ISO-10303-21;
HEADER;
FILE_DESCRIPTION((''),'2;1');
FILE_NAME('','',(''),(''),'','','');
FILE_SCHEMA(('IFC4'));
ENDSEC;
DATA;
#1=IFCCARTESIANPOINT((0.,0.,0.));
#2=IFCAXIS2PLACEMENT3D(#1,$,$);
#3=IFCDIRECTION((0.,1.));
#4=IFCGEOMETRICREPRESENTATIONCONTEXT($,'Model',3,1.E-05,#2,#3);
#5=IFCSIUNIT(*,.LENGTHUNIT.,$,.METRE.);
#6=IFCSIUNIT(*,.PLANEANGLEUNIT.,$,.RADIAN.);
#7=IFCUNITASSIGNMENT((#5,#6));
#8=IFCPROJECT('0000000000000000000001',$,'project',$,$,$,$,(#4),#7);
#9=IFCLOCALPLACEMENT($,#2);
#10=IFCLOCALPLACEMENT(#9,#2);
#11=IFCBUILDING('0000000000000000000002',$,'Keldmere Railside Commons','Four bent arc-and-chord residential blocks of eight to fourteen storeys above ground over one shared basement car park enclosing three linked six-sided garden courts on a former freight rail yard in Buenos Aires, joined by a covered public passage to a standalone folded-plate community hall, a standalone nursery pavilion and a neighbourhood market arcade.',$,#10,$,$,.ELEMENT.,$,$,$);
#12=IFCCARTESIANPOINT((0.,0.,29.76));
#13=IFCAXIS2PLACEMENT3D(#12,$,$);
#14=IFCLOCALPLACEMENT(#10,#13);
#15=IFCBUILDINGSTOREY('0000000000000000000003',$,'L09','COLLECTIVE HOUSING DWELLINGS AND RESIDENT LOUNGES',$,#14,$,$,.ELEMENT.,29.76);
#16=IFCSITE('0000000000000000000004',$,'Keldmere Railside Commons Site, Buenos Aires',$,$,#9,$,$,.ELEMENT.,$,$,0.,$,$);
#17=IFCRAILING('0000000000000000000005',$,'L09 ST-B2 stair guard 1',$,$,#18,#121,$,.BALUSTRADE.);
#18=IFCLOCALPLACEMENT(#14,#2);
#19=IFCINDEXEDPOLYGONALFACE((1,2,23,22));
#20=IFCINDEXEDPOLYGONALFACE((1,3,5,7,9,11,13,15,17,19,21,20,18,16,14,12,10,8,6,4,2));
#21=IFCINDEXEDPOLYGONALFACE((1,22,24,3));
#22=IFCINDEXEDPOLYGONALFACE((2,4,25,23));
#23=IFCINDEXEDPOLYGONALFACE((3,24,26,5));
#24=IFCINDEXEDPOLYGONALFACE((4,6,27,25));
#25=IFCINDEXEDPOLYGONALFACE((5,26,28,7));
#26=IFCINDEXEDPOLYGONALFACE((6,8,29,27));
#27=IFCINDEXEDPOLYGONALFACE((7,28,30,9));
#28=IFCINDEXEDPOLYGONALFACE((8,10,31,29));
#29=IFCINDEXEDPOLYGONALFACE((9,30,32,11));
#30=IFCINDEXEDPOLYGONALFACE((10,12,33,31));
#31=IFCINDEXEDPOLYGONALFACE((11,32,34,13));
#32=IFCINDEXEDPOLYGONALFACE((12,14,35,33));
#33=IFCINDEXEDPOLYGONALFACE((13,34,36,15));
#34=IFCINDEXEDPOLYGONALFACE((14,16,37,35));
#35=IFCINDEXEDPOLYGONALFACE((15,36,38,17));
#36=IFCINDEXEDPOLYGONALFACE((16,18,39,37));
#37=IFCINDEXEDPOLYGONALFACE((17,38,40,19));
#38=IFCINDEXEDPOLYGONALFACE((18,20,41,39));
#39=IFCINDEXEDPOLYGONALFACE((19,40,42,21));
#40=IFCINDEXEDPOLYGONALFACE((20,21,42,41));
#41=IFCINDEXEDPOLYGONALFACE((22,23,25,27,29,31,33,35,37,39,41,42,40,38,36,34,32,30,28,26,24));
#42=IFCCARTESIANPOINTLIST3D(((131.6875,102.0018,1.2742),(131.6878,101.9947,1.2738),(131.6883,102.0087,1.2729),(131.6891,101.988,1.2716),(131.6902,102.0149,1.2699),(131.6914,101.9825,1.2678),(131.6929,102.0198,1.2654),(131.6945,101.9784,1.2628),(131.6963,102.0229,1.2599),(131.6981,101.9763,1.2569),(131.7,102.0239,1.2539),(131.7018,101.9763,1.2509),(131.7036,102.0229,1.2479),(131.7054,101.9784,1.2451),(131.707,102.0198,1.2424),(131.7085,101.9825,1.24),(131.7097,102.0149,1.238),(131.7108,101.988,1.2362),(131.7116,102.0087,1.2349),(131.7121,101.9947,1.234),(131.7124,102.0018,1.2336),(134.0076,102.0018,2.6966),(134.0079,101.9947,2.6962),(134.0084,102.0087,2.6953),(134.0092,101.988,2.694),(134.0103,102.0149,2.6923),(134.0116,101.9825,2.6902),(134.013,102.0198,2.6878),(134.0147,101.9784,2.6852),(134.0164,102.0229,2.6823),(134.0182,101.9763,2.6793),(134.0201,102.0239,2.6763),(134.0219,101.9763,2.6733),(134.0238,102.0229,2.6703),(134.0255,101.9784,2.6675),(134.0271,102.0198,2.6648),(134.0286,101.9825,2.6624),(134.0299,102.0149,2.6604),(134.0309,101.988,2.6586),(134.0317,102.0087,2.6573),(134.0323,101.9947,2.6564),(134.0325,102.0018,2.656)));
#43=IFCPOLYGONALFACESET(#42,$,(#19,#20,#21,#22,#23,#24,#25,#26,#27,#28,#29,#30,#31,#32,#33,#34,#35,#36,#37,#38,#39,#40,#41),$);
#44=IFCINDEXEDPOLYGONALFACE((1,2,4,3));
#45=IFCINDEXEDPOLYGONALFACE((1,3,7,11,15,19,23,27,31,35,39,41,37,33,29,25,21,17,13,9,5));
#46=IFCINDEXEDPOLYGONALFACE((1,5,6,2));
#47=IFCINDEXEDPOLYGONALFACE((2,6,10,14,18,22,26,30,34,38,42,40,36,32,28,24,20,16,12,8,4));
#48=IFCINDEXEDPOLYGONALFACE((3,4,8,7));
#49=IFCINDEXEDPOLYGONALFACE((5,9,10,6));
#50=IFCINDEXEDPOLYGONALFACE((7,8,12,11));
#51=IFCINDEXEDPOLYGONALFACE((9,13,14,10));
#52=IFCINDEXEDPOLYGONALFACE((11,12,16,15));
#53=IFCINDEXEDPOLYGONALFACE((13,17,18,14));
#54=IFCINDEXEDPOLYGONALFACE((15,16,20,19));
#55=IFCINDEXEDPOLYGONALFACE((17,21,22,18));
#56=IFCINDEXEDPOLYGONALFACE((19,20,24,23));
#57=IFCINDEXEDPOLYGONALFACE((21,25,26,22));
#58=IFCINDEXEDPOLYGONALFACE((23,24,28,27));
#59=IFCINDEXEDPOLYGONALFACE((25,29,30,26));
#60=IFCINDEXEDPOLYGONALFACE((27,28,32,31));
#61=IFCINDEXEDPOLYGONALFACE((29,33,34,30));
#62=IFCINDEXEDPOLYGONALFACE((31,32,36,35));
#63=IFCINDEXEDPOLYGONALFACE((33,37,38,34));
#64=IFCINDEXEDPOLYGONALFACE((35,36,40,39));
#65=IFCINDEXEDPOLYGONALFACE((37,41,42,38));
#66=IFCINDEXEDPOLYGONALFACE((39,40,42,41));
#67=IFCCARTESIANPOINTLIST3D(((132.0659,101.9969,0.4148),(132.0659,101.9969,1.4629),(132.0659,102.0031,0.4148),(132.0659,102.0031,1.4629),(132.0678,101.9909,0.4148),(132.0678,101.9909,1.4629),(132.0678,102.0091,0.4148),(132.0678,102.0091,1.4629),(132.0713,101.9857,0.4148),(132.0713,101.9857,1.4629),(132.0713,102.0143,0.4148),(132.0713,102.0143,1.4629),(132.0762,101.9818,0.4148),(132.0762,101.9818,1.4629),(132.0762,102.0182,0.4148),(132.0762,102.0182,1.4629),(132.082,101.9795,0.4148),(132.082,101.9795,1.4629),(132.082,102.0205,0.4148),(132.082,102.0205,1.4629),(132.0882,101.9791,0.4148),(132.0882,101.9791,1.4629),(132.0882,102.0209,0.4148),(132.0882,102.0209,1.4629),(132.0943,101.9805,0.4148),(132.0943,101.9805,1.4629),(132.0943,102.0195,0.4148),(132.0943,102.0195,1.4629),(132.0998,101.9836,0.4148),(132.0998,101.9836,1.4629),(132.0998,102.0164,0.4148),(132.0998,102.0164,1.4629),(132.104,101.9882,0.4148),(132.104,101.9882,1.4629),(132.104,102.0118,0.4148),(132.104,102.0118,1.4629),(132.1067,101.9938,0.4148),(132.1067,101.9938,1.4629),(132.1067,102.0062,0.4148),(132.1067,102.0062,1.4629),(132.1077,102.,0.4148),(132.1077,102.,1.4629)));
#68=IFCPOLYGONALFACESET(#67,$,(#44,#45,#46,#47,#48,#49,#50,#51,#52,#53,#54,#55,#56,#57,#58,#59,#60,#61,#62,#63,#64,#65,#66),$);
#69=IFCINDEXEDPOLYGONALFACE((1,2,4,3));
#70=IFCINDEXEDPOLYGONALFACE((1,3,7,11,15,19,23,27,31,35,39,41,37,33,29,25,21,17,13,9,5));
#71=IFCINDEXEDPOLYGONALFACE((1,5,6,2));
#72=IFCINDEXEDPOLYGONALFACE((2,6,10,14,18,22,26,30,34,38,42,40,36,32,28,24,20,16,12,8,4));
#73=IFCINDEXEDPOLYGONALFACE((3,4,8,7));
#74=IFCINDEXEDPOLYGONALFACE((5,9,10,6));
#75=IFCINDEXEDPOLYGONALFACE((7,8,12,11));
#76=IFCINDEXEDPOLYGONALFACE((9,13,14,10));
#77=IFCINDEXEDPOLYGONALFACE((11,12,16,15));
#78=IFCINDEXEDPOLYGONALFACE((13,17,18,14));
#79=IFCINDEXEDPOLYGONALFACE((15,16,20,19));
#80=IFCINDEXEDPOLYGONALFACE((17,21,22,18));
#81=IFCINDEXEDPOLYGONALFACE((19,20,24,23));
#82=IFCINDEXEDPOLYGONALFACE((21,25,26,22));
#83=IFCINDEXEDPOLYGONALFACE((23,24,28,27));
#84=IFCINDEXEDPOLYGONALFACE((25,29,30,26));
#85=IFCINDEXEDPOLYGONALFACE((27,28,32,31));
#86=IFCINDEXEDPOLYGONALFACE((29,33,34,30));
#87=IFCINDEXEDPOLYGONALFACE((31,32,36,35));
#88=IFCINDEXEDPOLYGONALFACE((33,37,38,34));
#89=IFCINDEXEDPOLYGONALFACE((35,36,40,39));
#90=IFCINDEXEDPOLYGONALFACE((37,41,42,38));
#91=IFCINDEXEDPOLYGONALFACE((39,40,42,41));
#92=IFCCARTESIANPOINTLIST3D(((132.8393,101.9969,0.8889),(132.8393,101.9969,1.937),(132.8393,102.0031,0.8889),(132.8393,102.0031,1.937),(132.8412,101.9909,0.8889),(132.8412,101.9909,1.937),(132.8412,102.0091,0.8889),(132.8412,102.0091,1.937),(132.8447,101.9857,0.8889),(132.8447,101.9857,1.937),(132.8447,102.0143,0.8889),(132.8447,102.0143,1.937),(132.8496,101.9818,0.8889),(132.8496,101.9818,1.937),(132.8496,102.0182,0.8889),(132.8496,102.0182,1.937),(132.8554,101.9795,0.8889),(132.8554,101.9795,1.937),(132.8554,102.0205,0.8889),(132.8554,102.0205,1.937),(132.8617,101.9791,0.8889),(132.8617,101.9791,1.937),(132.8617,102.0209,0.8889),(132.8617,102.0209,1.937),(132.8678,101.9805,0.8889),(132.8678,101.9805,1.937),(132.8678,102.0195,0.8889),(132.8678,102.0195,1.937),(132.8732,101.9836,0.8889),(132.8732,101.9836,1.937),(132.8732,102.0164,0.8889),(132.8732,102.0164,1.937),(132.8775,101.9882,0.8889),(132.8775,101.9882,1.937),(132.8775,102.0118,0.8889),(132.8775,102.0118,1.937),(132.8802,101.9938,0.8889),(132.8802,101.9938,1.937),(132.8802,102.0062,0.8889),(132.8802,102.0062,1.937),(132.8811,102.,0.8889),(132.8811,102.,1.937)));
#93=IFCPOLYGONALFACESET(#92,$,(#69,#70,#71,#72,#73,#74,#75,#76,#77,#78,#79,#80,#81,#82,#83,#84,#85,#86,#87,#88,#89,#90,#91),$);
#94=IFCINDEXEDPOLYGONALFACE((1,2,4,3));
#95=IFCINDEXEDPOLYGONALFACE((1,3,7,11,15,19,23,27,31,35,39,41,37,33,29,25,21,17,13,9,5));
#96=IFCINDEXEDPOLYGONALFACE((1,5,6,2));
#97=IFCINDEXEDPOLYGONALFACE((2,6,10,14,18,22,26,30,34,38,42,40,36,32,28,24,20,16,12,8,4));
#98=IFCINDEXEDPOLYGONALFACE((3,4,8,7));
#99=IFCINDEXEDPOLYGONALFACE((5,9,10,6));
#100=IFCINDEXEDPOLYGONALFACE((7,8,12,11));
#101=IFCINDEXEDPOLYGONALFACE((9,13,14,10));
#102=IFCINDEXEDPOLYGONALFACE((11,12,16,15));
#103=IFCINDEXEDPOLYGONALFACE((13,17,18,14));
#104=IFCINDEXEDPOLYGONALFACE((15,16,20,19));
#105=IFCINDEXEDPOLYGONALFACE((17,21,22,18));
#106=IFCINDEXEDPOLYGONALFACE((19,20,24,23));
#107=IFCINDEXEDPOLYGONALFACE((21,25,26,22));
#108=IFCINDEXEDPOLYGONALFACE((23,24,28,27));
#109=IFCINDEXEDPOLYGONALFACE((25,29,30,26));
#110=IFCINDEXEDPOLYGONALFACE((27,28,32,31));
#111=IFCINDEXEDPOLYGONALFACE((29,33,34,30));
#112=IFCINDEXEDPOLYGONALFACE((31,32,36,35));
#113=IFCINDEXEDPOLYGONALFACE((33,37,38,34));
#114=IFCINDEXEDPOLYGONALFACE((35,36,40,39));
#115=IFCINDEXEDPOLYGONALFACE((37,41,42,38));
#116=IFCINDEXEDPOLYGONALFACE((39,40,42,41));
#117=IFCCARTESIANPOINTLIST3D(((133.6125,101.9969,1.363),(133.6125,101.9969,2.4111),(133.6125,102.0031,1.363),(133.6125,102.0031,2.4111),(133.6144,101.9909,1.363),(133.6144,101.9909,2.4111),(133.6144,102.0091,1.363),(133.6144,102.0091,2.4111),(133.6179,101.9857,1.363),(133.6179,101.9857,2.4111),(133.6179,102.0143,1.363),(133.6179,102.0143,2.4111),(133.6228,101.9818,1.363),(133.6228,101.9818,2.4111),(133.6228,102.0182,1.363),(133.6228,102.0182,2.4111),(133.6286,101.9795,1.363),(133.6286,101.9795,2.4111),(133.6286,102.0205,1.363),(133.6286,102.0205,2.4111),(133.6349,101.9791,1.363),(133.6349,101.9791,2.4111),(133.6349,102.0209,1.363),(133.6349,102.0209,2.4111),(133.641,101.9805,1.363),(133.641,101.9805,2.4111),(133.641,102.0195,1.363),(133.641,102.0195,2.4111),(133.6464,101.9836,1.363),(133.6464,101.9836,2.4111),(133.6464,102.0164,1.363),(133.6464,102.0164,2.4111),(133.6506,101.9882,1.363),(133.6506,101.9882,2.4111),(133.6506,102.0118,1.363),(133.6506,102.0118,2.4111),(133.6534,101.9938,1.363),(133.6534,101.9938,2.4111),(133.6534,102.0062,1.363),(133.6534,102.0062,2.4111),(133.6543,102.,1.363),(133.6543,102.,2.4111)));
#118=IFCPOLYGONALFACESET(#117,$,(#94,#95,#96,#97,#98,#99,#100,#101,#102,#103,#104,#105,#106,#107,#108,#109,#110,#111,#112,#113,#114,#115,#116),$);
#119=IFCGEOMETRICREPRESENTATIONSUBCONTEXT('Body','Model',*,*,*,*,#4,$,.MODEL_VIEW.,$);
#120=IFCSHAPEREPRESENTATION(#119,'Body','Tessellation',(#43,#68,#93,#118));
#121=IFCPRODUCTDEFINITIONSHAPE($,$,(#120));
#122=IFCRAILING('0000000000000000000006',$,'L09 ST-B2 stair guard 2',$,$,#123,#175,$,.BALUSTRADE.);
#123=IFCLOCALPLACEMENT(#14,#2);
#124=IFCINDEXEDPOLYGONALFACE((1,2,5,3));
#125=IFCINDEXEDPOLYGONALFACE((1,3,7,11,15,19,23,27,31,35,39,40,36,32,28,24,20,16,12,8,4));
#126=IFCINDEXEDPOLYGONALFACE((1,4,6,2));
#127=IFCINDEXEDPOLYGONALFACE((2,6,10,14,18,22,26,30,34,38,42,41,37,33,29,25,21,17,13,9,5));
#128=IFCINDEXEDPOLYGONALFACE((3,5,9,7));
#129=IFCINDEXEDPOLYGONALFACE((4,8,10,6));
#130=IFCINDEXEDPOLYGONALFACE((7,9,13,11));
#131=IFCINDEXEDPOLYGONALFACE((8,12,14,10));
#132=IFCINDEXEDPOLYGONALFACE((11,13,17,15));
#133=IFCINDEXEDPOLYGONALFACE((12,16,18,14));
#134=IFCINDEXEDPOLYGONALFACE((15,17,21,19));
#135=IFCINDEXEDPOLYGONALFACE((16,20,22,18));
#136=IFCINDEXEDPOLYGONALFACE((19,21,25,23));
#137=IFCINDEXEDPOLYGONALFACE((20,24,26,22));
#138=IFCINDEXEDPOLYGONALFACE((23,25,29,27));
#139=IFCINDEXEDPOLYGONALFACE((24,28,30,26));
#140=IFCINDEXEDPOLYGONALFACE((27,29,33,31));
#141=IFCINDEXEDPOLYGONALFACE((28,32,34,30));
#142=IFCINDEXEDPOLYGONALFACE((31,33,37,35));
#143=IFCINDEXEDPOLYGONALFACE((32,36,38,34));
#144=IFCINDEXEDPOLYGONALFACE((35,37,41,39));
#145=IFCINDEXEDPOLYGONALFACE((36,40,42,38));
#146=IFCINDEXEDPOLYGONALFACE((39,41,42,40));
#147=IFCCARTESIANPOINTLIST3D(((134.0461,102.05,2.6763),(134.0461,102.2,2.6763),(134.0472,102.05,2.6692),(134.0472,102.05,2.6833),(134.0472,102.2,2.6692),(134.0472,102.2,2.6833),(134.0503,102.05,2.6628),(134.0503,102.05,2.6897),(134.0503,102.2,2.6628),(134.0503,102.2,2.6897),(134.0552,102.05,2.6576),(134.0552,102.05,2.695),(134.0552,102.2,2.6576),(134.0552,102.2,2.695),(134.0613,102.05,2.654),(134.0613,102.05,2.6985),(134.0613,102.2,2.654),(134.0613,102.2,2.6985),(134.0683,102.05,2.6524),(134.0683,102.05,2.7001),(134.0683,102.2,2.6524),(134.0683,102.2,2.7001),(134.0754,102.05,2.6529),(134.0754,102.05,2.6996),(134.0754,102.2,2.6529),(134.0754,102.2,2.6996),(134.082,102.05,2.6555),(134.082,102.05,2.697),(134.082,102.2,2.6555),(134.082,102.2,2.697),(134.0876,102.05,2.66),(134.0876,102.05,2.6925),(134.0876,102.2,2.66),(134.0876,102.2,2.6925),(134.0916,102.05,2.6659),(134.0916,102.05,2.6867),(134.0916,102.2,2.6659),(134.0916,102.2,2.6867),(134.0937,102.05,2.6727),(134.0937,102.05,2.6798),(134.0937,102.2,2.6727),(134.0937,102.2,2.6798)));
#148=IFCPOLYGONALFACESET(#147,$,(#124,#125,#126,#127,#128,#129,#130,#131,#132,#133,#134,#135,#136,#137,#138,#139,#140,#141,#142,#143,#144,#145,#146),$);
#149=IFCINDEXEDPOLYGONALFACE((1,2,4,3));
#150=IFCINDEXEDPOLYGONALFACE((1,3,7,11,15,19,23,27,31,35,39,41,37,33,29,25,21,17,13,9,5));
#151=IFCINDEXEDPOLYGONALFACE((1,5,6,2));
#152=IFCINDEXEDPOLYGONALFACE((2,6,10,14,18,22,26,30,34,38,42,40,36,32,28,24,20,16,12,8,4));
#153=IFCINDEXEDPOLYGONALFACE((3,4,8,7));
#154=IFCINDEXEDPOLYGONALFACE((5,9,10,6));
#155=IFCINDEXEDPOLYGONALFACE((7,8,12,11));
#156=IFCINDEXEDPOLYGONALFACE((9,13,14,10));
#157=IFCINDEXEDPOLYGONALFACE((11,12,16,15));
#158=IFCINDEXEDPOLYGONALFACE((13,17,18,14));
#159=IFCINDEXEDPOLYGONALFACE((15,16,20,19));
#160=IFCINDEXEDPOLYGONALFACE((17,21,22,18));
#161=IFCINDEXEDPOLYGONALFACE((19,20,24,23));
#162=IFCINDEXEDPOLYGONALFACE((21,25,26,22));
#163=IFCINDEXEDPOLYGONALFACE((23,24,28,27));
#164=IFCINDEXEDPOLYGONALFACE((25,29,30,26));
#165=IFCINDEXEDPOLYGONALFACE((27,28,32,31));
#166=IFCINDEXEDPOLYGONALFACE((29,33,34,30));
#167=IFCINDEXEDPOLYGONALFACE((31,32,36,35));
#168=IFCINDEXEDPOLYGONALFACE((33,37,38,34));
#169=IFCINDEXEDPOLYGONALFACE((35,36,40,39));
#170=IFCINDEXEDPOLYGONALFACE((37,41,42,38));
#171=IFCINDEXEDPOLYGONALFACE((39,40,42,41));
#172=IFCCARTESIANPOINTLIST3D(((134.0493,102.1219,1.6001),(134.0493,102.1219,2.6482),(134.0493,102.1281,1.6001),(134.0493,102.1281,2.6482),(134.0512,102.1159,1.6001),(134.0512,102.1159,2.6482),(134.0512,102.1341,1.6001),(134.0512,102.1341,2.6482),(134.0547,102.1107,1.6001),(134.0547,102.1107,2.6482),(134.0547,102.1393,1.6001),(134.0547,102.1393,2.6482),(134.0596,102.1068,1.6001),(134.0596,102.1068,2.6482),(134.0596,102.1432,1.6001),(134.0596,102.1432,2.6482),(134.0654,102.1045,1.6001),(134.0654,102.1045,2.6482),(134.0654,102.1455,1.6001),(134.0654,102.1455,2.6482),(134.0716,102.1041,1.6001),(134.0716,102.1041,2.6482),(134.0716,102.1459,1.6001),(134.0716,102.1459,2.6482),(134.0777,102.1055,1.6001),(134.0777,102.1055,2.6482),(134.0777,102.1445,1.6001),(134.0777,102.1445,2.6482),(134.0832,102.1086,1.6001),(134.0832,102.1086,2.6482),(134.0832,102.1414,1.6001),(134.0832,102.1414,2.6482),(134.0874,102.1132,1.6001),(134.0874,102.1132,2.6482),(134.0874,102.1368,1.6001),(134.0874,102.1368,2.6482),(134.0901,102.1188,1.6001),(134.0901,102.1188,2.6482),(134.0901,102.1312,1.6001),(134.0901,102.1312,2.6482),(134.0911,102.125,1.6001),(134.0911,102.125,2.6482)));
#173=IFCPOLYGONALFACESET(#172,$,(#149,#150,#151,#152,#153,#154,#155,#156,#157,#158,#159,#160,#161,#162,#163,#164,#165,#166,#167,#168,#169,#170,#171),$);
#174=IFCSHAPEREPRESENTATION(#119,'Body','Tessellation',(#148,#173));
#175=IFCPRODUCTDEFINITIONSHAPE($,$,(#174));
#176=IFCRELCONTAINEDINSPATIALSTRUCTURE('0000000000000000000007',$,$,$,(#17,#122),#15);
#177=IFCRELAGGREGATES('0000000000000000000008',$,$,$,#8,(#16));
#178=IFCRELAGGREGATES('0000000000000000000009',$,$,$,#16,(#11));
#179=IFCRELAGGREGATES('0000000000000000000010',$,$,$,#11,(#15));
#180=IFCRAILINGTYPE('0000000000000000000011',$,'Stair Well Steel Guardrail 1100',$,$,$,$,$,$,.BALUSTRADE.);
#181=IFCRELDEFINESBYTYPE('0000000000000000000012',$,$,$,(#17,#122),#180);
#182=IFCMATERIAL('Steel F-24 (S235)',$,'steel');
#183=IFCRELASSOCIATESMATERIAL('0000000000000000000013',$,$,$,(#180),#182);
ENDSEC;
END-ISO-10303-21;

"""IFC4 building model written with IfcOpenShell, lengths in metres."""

from ifc_helpers import new_model, si_unit, direction, frame, origin, origin_2d, place, context, subcontext, project, spatial, circle, extrude, material, type_object, element, save


model = new_model("IFC4")

# Units and contexts
model_context = context("Model", 3, precision=1e-05, world=origin(), true_north=direction((0.0, 1.0)))
body_context = subcontext(model_context, "Body", "Model", "MODEL_VIEW")
ifc_project = project(units=[si_unit("LENGTHUNIT", "METRE"), si_unit("PLANEANGLEUNIT", "RADIAN")], contexts=[model_context])

# Site, building, storey
site_placement = place(None, origin())
site = spatial("IfcSite", under=ifc_project, at=site_placement, Name="Keldmere Railside Commons Site, Buenos Aires", CompositionType="ELEMENT", RefElevation=0.0)
building_placement = place(site_placement, origin())
building = spatial("IfcBuilding", under=site, at=building_placement, Name="Keldmere Railside Commons", Description="Four bent arc-and-chord residential blocks of eight to fourteen storeys above ground over one shared basement car park enclosing three linked six-sided garden courts on a former freight rail yard in Buenos Aires, joined by a covered public passage to a standalone folded-plate community hall, a standalone nursery pavilion and a neighbourhood market arcade.", CompositionType="ELEMENT")
storey_placement = place(building_placement, frame((0.0, 0.0, 29.76)))
storey = spatial("IfcBuildingStorey", under=building, at=storey_placement, Name="L09", Description="COLLECTIVE HOUSING DWELLINGS AND RESIDENT LOUNGES", CompositionType="ELEMENT", Elevation=29.76)

# Railings
ifc_material_1 = material(Name="Steel F-24 (S235)", Category="steel")
railing_type_1 = type_object("IfcRailingType", Name="Stair Well Steel Guardrail 1100", PredefinedType="BALUSTRADE", material=ifc_material_1)
railing_1_placement = place(storey_placement, frame((131.7, 102.0, 0.1777)))
element("IfcRailing", 1, at=railing_1_placement, inside=storey, type_object=railing_type_1, Name="L09 ST-B2 stair guard 1", PredefinedType="BALUSTRADE", context=body_context, shape_type="SweptSolid", body=[
    extrude(circle(Radius=0.0239, at=origin_2d()), frame((0.0, 0.0, 1.0762), z_axis=(0.852538, 0.0, 0.522665), x_axis=(0.0, 1.0, 0.0)), (0.0, 0.0, 1.0), 2.7214),
    extrude(circle(Radius=0.021, at=origin_2d()), frame((0.3867, 0.0, 0.2371)), (0.0, 0.0, 1.0), 1.0481),
    extrude(circle(Radius=0.021, at=origin_2d()), frame((1.1602, 0.0, 0.7112)), (0.0, 0.0, 1.0), 1.0481),
    extrude(circle(Radius=0.021, at=origin_2d()), frame((1.9333, 0.0, 1.1853)), (0.0, 0.0, 1.0), 1.0481),
])
railing_2_placement = place(storey_placement, frame((134.0701, 102.05, 1.6001)))
element("IfcRailing", 2, at=railing_2_placement, inside=storey, type_object=railing_type_1, Name="L09 ST-B2 stair guard 2", PredefinedType="BALUSTRADE", context=body_context, shape_type="SweptSolid", body=[
    extrude(circle(Radius=0.0239, at=origin_2d()), frame((0.0, 0.0, 1.0762), z_axis=(0.0, 1.0, 0.0), x_axis=(-1.0, 0.0, 0.0)), (0.0, 0.0, 1.0), 0.1499),
    extrude(circle(Radius=0.021, at=origin_2d()), frame((0.0, 0.075, 0.0)), (0.0, 0.0, 1.0), 1.0481),
])

save(model, "model.ifc")
